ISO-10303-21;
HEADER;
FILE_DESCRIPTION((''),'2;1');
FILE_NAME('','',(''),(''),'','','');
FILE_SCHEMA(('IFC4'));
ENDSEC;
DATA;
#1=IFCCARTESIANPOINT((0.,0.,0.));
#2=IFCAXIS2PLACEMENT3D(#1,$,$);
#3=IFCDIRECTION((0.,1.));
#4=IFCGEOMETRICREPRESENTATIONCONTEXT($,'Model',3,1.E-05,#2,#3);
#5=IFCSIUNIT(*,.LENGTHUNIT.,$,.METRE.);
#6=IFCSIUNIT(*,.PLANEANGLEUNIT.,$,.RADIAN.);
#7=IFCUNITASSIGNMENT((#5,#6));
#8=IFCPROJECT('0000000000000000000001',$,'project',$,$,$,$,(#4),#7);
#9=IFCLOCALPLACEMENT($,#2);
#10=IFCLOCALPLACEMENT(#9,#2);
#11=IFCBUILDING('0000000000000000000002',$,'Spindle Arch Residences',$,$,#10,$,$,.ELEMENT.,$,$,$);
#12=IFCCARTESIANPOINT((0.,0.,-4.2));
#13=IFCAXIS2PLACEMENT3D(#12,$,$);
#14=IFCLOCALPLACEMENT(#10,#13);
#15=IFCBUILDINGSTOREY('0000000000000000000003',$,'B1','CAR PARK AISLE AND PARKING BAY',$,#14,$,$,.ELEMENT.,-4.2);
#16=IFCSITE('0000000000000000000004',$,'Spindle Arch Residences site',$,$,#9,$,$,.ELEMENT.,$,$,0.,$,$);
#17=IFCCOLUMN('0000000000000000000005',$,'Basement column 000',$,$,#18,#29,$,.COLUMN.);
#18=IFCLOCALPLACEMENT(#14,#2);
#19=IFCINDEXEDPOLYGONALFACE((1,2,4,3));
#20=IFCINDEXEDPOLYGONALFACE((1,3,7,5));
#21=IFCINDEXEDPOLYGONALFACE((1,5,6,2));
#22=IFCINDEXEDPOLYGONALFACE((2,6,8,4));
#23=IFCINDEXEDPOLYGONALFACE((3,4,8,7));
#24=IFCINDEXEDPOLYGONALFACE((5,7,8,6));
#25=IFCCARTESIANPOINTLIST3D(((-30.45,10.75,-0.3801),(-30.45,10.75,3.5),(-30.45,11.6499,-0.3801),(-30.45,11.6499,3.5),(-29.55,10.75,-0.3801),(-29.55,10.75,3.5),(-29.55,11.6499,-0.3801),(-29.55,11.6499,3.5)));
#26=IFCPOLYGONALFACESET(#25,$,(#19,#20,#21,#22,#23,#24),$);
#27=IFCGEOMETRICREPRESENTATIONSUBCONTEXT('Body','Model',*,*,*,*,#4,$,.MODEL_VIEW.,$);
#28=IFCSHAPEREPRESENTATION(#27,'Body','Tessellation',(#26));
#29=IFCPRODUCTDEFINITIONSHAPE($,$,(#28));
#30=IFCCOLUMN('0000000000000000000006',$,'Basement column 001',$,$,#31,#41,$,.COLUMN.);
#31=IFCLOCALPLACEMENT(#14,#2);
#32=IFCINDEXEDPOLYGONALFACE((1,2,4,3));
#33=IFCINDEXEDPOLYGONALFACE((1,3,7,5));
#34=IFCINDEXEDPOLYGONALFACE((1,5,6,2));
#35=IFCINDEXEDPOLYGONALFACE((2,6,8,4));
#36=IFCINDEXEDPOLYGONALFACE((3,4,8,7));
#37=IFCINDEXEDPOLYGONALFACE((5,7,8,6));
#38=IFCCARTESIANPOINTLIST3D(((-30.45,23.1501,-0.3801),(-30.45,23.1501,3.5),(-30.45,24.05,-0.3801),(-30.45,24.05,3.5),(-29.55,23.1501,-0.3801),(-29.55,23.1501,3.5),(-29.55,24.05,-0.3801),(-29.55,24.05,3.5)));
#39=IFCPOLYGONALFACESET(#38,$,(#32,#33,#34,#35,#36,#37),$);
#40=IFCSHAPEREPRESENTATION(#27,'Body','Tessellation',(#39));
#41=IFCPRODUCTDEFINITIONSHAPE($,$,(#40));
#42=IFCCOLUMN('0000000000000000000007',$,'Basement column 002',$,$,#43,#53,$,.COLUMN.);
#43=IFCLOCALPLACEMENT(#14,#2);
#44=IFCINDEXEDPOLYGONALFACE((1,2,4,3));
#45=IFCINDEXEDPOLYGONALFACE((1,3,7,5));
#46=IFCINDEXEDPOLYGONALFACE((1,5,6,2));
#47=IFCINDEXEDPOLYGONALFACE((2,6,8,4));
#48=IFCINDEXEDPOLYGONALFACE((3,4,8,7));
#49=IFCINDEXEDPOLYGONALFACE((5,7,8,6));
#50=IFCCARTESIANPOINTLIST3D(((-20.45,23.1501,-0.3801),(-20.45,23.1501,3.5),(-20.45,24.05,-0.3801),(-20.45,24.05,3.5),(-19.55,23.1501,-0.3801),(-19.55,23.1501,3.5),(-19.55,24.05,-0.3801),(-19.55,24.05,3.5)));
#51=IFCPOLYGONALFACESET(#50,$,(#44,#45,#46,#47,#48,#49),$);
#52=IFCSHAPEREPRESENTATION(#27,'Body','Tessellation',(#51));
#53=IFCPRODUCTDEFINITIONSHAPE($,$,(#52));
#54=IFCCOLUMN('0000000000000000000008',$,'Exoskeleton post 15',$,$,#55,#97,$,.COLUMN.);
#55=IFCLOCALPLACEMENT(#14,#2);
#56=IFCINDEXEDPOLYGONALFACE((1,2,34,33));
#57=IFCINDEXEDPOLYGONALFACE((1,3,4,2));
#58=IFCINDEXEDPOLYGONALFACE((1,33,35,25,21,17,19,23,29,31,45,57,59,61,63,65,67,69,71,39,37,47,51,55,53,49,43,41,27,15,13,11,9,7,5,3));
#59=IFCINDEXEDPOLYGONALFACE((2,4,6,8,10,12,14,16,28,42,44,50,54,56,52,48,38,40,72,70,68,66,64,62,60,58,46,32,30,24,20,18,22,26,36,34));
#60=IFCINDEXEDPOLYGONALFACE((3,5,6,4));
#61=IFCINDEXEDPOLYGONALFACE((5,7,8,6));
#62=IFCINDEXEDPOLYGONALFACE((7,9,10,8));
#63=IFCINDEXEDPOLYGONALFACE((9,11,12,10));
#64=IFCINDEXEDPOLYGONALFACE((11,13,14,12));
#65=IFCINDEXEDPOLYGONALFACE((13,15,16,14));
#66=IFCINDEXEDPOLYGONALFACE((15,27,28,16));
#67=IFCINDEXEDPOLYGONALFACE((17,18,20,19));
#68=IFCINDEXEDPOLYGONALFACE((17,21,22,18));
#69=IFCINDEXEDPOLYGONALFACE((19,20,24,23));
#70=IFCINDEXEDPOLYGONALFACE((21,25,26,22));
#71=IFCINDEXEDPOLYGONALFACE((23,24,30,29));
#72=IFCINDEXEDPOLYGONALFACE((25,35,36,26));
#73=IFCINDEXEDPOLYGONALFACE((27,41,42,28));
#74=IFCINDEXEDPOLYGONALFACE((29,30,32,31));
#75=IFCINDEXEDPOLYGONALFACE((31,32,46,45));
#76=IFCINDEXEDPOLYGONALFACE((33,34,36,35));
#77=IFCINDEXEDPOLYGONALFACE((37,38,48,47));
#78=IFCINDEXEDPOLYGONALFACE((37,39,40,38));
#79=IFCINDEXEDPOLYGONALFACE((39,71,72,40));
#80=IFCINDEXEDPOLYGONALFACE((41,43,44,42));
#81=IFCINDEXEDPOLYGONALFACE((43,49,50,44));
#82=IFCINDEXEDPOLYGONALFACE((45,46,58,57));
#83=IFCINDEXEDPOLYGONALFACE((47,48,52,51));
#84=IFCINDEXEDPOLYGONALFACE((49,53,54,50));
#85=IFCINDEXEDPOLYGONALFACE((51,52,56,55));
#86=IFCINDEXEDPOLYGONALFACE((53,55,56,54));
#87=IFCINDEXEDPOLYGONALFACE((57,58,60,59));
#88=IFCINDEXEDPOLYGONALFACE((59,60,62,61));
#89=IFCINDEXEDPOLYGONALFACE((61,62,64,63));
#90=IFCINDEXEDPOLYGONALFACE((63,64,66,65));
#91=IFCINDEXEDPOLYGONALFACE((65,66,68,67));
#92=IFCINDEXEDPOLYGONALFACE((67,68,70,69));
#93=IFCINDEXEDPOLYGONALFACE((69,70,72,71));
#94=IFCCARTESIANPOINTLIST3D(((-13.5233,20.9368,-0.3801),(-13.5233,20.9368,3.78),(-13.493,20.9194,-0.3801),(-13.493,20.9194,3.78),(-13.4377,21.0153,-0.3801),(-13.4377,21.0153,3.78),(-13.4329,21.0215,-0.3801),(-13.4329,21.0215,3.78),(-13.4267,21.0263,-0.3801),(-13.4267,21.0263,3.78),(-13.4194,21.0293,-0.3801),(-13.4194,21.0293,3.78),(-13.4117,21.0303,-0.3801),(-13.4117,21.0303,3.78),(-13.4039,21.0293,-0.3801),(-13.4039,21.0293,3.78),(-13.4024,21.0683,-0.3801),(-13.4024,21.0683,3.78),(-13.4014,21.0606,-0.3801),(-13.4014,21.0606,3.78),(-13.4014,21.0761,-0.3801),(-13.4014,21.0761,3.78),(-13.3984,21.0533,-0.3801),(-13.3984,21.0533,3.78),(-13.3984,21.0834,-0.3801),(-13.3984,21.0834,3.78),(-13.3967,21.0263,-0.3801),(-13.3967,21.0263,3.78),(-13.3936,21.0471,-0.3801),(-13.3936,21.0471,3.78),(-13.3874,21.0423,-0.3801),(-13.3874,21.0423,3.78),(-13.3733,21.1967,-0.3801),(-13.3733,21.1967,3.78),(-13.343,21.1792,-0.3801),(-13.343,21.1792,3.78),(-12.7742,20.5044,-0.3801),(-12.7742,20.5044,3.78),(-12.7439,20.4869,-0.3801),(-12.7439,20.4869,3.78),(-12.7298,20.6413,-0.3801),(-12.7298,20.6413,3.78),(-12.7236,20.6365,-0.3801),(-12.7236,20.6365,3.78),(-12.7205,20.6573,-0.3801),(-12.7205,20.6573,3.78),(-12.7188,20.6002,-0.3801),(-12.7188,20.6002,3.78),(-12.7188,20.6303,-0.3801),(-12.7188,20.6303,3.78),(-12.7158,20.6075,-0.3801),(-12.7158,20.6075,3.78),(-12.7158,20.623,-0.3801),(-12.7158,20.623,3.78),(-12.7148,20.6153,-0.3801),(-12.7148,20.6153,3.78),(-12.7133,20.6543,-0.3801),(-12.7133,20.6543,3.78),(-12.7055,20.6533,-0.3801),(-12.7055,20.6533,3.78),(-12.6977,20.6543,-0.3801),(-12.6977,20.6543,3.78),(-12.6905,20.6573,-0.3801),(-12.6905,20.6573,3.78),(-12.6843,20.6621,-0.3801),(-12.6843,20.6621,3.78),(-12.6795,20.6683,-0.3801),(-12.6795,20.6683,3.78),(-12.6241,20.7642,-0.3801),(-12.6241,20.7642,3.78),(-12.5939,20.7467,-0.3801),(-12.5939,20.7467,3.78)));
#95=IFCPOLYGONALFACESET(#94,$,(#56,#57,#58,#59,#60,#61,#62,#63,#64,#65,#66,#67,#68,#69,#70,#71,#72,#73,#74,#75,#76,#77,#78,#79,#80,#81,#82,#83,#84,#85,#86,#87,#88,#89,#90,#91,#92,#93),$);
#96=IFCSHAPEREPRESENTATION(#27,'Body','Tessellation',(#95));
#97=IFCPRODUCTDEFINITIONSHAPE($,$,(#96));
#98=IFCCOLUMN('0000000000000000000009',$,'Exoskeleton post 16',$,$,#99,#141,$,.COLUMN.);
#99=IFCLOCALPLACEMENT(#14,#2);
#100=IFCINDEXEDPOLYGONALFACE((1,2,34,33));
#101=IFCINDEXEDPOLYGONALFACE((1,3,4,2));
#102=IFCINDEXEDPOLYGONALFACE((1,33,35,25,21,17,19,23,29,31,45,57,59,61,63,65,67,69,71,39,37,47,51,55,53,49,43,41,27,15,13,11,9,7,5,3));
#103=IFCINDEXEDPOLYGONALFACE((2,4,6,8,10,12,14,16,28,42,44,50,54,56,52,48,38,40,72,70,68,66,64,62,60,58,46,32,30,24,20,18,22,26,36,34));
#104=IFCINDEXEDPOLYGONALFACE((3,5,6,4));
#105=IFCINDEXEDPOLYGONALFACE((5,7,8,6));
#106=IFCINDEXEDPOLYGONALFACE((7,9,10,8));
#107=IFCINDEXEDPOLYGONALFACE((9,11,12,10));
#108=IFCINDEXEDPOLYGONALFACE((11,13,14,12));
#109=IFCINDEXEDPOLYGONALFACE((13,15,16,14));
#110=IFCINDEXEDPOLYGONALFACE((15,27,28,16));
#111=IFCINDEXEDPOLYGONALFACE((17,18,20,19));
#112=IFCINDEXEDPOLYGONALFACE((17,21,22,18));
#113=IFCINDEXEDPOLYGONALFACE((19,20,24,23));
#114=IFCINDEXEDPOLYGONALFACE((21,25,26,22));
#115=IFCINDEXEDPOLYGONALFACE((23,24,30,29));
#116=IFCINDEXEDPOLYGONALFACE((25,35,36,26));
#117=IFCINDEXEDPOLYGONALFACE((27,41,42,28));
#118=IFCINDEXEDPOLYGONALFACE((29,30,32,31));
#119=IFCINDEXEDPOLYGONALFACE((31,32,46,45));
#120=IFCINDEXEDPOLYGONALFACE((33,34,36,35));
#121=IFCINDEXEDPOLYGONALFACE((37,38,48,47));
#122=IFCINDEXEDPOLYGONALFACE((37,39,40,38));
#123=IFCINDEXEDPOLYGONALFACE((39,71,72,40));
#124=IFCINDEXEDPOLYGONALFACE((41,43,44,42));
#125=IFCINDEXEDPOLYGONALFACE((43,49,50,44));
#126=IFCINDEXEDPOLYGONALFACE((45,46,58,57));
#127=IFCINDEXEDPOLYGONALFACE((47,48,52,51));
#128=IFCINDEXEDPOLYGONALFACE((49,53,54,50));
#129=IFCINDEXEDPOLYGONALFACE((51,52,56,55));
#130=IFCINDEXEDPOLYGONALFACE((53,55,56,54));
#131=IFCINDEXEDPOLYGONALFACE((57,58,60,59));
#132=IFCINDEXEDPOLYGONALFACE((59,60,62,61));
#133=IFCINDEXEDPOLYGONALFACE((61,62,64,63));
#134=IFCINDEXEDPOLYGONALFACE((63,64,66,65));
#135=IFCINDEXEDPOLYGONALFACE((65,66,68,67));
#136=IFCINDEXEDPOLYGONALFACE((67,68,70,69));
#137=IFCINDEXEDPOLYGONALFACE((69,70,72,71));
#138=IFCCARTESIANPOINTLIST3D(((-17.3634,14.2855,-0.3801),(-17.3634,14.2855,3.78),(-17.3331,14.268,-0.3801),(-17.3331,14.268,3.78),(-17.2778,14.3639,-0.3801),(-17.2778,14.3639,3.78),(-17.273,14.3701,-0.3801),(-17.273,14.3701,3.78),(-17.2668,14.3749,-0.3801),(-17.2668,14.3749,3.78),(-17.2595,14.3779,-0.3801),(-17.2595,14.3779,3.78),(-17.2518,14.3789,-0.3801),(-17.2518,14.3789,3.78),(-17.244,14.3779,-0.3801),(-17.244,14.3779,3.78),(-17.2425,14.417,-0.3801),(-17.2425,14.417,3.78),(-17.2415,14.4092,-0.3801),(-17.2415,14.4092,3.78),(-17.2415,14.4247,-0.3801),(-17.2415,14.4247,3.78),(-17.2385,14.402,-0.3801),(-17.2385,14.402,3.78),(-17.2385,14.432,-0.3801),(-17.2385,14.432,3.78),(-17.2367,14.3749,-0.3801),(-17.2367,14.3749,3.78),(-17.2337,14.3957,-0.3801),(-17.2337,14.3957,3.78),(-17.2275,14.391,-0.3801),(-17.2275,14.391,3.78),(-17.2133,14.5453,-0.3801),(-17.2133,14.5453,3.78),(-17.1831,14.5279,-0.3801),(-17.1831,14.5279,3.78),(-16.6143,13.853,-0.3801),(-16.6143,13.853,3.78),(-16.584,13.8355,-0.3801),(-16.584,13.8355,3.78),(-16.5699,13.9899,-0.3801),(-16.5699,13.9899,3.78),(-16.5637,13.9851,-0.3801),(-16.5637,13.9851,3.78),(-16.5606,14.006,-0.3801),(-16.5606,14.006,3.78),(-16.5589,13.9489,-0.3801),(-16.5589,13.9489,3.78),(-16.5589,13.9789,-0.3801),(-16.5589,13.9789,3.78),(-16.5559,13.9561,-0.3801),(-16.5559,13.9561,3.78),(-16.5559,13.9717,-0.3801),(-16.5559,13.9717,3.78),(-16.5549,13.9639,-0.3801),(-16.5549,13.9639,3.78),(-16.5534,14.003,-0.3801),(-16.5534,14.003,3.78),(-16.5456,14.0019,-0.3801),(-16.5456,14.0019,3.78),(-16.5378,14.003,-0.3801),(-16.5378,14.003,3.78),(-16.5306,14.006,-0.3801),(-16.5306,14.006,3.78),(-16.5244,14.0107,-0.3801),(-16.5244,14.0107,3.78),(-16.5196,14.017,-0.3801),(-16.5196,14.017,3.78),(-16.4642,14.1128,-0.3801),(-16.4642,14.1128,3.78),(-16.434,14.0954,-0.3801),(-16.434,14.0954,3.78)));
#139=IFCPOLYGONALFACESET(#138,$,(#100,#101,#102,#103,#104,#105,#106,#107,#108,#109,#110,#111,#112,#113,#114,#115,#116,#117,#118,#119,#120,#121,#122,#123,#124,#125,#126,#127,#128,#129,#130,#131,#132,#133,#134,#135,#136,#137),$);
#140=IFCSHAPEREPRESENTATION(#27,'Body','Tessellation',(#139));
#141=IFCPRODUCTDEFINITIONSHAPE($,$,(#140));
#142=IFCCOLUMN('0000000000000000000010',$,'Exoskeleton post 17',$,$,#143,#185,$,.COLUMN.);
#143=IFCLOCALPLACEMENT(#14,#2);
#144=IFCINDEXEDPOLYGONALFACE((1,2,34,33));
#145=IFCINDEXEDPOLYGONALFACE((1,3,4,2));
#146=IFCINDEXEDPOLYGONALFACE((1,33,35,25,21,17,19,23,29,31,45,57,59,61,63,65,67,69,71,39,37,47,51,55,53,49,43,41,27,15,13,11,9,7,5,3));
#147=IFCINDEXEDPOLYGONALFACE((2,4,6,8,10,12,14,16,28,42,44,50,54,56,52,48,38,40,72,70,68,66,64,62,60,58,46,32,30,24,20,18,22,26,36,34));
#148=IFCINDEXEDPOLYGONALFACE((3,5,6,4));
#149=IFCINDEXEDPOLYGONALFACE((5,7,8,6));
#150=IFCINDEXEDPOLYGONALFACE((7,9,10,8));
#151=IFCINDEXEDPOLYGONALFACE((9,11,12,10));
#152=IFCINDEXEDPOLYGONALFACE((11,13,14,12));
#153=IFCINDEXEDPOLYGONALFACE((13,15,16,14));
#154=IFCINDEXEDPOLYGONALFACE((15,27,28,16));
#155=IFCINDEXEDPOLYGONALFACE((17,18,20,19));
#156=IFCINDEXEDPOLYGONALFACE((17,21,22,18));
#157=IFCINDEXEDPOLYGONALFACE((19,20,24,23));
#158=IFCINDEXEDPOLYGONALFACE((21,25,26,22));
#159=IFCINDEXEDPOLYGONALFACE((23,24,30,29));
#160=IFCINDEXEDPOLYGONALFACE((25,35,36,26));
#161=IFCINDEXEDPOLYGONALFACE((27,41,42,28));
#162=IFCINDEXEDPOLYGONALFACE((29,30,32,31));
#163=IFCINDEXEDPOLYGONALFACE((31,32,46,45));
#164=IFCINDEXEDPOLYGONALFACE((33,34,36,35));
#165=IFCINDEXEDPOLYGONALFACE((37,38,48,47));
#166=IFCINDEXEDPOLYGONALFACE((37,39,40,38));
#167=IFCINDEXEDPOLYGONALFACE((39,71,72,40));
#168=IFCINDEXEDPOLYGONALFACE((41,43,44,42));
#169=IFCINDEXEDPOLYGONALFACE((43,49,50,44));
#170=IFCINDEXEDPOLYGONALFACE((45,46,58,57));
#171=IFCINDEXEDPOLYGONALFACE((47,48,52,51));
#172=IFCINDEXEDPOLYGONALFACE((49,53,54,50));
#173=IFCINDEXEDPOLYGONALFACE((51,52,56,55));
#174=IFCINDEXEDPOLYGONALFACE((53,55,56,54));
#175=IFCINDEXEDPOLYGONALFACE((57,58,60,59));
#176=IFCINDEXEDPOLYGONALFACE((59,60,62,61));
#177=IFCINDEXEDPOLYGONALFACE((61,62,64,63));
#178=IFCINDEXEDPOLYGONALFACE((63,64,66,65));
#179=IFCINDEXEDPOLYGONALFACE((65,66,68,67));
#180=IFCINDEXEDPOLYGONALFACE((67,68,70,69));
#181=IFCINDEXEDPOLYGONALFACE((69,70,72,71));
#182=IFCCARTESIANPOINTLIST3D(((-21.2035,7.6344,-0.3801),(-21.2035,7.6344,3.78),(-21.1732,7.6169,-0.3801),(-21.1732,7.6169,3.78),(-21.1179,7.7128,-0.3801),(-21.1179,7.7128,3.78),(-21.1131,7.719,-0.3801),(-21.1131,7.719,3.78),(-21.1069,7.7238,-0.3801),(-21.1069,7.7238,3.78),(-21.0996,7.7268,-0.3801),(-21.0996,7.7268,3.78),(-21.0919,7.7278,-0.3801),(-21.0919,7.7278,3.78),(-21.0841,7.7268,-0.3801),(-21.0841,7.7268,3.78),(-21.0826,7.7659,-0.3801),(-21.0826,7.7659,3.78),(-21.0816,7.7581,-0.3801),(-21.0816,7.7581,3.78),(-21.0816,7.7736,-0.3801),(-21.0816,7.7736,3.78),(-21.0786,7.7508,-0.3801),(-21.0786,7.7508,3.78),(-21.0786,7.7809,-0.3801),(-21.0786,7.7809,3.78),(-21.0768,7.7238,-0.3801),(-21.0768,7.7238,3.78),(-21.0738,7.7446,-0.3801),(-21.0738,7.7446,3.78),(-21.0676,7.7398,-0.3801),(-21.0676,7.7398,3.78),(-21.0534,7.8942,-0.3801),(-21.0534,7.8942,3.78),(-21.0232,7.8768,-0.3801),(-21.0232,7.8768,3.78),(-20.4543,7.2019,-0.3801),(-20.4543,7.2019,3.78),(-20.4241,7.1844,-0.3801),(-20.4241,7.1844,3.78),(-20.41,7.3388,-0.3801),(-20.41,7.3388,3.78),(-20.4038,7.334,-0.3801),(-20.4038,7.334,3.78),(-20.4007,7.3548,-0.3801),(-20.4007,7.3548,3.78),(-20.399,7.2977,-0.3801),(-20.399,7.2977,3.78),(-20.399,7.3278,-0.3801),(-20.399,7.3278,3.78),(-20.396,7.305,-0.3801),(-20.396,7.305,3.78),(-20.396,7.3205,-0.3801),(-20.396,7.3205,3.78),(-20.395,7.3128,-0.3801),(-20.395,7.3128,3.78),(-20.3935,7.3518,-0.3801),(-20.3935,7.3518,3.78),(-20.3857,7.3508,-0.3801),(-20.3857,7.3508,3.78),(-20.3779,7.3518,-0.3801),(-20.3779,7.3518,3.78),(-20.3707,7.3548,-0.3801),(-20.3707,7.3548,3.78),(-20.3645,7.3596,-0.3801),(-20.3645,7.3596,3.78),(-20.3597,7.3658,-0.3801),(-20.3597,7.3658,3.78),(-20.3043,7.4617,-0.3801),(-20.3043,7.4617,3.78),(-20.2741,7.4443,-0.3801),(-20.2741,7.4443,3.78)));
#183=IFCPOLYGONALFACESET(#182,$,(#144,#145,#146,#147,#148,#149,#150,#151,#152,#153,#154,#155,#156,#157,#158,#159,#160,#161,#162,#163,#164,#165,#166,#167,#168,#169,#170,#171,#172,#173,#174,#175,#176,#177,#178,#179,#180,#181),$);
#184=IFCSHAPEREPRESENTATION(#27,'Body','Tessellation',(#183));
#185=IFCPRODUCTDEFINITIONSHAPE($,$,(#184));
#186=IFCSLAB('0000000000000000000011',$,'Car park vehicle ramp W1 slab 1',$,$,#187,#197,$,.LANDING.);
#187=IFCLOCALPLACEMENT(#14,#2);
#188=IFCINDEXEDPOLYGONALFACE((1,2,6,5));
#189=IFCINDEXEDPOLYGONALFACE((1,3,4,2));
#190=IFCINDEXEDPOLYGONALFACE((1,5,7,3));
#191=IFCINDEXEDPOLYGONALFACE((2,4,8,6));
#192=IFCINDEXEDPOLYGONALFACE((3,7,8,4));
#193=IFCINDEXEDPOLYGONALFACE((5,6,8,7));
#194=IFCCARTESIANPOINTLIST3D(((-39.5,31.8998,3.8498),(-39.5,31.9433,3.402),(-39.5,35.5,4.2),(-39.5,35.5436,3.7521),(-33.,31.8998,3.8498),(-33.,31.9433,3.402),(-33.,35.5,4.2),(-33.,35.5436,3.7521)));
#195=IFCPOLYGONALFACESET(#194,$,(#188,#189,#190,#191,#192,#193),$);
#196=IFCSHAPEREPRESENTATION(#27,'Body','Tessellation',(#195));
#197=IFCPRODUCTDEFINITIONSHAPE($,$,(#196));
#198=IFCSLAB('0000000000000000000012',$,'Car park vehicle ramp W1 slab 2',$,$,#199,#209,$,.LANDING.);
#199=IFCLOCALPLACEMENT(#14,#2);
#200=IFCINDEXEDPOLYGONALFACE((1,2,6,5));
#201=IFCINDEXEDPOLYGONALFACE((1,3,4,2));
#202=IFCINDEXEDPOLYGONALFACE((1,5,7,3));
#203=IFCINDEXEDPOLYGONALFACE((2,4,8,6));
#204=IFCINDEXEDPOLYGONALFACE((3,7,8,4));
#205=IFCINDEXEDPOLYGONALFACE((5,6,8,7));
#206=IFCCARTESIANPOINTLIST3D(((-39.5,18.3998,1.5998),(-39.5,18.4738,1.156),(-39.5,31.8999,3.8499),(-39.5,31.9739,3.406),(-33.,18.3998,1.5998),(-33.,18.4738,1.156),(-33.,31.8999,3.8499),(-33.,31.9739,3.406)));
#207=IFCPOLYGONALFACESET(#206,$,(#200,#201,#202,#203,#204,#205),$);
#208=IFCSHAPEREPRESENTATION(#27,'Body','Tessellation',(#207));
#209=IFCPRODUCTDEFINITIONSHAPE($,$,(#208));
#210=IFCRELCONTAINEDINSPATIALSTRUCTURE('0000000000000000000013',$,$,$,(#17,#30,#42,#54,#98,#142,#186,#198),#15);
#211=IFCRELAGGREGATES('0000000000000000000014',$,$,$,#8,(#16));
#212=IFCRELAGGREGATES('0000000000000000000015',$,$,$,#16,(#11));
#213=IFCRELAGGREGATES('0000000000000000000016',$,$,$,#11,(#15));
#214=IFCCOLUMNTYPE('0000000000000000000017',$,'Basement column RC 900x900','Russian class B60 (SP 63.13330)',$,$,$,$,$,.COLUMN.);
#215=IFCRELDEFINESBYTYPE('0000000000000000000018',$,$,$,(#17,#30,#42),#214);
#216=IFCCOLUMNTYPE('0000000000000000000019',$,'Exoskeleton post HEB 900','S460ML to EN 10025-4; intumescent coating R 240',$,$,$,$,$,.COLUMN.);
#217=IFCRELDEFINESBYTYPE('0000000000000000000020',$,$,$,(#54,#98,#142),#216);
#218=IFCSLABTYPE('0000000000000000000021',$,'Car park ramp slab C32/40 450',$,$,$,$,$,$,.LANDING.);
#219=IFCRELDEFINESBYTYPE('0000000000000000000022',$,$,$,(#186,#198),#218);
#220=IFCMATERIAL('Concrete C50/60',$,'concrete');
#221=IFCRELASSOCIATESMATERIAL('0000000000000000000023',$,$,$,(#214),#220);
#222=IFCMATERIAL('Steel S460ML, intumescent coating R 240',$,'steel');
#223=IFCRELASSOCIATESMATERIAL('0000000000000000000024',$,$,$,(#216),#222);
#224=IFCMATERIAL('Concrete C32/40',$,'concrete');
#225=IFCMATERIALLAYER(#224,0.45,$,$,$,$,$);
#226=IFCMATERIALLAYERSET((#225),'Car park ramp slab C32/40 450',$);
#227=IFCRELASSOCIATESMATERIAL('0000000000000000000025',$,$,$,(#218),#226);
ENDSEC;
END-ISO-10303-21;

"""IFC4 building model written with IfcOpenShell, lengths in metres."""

from ifc_helpers import new_model, si_unit, direction, frame, origin, origin_2d, place, context, subcontext, project, spatial, polyline, rectangle, i_section, outline, extrude, material, layer, layer_set, material_profile, profile_set, type_object, element, save


model = new_model("IFC4")

# Units and contexts
model_context = context("Model", 3, precision=1e-05, world=origin(), true_north=direction((0.0, 1.0)))
body_context = subcontext(model_context, "Body", "Model", "MODEL_VIEW")
ifc_project = project(units=[si_unit("LENGTHUNIT", "METRE"), si_unit("PLANEANGLEUNIT", "RADIAN")], contexts=[model_context])

# Site, building, storey
site_placement = place(None, origin())
site = spatial("IfcSite", under=ifc_project, at=site_placement, Name="Spindle Arch Residences site", CompositionType="ELEMENT", RefElevation=0.0)
building_placement = place(site_placement, origin())
building = spatial("IfcBuilding", under=site, at=building_placement, Name="Spindle Arch Residences", CompositionType="ELEMENT")
storey_placement = place(building_placement, frame((0.0, 0.0, -4.2)))
storey = spatial("IfcBuildingStorey", under=building, at=storey_placement, Name="B1", Description="CAR PARK AISLE AND PARKING BAY", CompositionType="ELEMENT", Elevation=-4.2)

# Columns
ifc_material_1 = material(Name="Concrete C50/60", Category="concrete")
ifc_material_profile_1 = material_profile(ifc_material_1, rectangle(XDim=0.8999, YDim=0.8999, at=origin_2d()), Name="RC 900x900")
ifc_profile_set_1 = profile_set([ifc_material_profile_1], Name="Concrete C50/60")
column_type_1 = type_object("IfcColumnType", Name="Basement column RC 900x900", Description="Russian class B60 (SP 63.13330)", PredefinedType="COLUMN", material=ifc_profile_set_1)
for number, where, z_axis, x_axis, name in (
    (1, (-30.0, 11.2, -0.3801), (0.0, 0.0, 1.0), (1.0, 0.0, 0.0), "Basement column 000"),
    (2, (-30.0, 23.6001, -0.3801), (0.0, 0.0, 1.0), (1.0, 0.0, 0.0), "Basement column 001"),
    (3, (-20.0, 23.6001, -0.3801), (0.0, 0.0, 1.0), (1.0, 0.0, 0.0), "Basement column 002"),
):
    element("IfcColumn", number, at=place(storey_placement, frame(where, z_axis=z_axis, x_axis=x_axis)), inside=storey, type_object=column_type_1, Name=name, PredefinedType="COLUMN", context=body_context, shape_type="SweptSolid", body=[
        extrude(rectangle(XDim=0.8999, YDim=0.8999, at=origin_2d()), origin(), (0.0, 0.0, 1.0), 3.8801),
    ])
ifc_material_2 = material(Name="Steel S460ML, intumescent coating R 240", Category="steel")
ifc_material_profile_2 = material_profile(ifc_material_2, i_section(OverallWidth=0.3, OverallDepth=0.8999, WebThickness=0.0186, FlangeThickness=0.0349, FilletRadius=0.03, at=origin_2d()), Name="HEB 900")
ifc_profile_set_2 = profile_set([ifc_material_profile_2], Name="Steel S460ML, intumescent coating R 240")
column_type_2 = type_object("IfcColumnType", Name="Exoskeleton post HEB 900", Description="S460ML to EN 10025-4; intumescent coating R 240", PredefinedType="COLUMN", material=ifc_profile_set_2)
for number, where, z_axis, x_axis, name in (
    (4, (-13.0586, 20.8418, -0.3801), (0.0, 0.0, 1.0), (0.5, 0.866025, 0.0), "Exoskeleton post 15"),
    (5, (-16.8987, 14.1904, -0.3801), (0.0, 0.0, 1.0), (0.5, 0.866025, 0.0), "Exoskeleton post 16"),
    (6, (-20.7388, 7.5393, -0.3801), (0.0, 0.0, 1.0), (0.5, 0.866025, 0.0), "Exoskeleton post 17"),
):
    element("IfcColumn", number, at=place(storey_placement, frame(where, z_axis=z_axis, x_axis=x_axis)), inside=storey, type_object=column_type_2, Name=name, PredefinedType="COLUMN", context=body_context, shape_type="SweptSolid", body=[
        extrude(i_section(OverallWidth=0.3, OverallDepth=0.8999, WebThickness=0.0186, FlangeThickness=0.0349, FilletRadius=0.03, at=origin_2d()), origin(), (0.0, 0.0, 1.0), 4.1602),
    ])

# Slabs
ifc_material_3 = material(Name="Concrete C32/40", Category="concrete")
ifc_layer_1 = layer(ifc_material_3, 0.45)
ifc_layer_set_1 = layer_set([ifc_layer_1], Name="Car park ramp slab C32/40 450")
slab_type = type_object("IfcSlabType", Name="Car park ramp slab C32/40 450", PredefinedType="LANDING", material=ifc_layer_set_1)
slab_1_placement = place(storey_placement, frame((-39.5, 35.5, 4.2), z_axis=(0.0, -0.09679, 0.995305), x_axis=(1.0, 0.0, 0.0)))
element("IfcSlab", 7, at=slab_1_placement, inside=storey, type_object=slab_type, Name="Car park vehicle ramp W1 slab 1", PredefinedType="LANDING", context=body_context, shape_type="SweptSolid", body=[
    extrude(outline(polyline([(0.0, 0.0), (6.5, 0.0), (6.5, -3.6172), (0.0, -3.6172), (0.0, 0.0)])), origin(), (0.0, 0.0, -1.0), 0.45),
])
slab_2_placement = place(storey_placement, frame((-39.5, 31.8999, 3.8499), z_axis=(0.0, -0.164399, 0.986394), x_axis=(1.0, 0.0, 0.0)))
element("IfcSlab", 8, at=slab_2_placement, inside=storey, type_object=slab_type, Name="Car park vehicle ramp W1 slab 2", PredefinedType="LANDING", context=body_context, shape_type="SweptSolid", body=[
    extrude(outline(polyline([(0.0, 0.0), (6.5, 0.0), (6.5, -13.6863), (0.0, -13.6863), (0.0, 0.0)])), origin(), (0.0, 0.0, -1.0), 0.45),
])

save(model, "model.ifc")
